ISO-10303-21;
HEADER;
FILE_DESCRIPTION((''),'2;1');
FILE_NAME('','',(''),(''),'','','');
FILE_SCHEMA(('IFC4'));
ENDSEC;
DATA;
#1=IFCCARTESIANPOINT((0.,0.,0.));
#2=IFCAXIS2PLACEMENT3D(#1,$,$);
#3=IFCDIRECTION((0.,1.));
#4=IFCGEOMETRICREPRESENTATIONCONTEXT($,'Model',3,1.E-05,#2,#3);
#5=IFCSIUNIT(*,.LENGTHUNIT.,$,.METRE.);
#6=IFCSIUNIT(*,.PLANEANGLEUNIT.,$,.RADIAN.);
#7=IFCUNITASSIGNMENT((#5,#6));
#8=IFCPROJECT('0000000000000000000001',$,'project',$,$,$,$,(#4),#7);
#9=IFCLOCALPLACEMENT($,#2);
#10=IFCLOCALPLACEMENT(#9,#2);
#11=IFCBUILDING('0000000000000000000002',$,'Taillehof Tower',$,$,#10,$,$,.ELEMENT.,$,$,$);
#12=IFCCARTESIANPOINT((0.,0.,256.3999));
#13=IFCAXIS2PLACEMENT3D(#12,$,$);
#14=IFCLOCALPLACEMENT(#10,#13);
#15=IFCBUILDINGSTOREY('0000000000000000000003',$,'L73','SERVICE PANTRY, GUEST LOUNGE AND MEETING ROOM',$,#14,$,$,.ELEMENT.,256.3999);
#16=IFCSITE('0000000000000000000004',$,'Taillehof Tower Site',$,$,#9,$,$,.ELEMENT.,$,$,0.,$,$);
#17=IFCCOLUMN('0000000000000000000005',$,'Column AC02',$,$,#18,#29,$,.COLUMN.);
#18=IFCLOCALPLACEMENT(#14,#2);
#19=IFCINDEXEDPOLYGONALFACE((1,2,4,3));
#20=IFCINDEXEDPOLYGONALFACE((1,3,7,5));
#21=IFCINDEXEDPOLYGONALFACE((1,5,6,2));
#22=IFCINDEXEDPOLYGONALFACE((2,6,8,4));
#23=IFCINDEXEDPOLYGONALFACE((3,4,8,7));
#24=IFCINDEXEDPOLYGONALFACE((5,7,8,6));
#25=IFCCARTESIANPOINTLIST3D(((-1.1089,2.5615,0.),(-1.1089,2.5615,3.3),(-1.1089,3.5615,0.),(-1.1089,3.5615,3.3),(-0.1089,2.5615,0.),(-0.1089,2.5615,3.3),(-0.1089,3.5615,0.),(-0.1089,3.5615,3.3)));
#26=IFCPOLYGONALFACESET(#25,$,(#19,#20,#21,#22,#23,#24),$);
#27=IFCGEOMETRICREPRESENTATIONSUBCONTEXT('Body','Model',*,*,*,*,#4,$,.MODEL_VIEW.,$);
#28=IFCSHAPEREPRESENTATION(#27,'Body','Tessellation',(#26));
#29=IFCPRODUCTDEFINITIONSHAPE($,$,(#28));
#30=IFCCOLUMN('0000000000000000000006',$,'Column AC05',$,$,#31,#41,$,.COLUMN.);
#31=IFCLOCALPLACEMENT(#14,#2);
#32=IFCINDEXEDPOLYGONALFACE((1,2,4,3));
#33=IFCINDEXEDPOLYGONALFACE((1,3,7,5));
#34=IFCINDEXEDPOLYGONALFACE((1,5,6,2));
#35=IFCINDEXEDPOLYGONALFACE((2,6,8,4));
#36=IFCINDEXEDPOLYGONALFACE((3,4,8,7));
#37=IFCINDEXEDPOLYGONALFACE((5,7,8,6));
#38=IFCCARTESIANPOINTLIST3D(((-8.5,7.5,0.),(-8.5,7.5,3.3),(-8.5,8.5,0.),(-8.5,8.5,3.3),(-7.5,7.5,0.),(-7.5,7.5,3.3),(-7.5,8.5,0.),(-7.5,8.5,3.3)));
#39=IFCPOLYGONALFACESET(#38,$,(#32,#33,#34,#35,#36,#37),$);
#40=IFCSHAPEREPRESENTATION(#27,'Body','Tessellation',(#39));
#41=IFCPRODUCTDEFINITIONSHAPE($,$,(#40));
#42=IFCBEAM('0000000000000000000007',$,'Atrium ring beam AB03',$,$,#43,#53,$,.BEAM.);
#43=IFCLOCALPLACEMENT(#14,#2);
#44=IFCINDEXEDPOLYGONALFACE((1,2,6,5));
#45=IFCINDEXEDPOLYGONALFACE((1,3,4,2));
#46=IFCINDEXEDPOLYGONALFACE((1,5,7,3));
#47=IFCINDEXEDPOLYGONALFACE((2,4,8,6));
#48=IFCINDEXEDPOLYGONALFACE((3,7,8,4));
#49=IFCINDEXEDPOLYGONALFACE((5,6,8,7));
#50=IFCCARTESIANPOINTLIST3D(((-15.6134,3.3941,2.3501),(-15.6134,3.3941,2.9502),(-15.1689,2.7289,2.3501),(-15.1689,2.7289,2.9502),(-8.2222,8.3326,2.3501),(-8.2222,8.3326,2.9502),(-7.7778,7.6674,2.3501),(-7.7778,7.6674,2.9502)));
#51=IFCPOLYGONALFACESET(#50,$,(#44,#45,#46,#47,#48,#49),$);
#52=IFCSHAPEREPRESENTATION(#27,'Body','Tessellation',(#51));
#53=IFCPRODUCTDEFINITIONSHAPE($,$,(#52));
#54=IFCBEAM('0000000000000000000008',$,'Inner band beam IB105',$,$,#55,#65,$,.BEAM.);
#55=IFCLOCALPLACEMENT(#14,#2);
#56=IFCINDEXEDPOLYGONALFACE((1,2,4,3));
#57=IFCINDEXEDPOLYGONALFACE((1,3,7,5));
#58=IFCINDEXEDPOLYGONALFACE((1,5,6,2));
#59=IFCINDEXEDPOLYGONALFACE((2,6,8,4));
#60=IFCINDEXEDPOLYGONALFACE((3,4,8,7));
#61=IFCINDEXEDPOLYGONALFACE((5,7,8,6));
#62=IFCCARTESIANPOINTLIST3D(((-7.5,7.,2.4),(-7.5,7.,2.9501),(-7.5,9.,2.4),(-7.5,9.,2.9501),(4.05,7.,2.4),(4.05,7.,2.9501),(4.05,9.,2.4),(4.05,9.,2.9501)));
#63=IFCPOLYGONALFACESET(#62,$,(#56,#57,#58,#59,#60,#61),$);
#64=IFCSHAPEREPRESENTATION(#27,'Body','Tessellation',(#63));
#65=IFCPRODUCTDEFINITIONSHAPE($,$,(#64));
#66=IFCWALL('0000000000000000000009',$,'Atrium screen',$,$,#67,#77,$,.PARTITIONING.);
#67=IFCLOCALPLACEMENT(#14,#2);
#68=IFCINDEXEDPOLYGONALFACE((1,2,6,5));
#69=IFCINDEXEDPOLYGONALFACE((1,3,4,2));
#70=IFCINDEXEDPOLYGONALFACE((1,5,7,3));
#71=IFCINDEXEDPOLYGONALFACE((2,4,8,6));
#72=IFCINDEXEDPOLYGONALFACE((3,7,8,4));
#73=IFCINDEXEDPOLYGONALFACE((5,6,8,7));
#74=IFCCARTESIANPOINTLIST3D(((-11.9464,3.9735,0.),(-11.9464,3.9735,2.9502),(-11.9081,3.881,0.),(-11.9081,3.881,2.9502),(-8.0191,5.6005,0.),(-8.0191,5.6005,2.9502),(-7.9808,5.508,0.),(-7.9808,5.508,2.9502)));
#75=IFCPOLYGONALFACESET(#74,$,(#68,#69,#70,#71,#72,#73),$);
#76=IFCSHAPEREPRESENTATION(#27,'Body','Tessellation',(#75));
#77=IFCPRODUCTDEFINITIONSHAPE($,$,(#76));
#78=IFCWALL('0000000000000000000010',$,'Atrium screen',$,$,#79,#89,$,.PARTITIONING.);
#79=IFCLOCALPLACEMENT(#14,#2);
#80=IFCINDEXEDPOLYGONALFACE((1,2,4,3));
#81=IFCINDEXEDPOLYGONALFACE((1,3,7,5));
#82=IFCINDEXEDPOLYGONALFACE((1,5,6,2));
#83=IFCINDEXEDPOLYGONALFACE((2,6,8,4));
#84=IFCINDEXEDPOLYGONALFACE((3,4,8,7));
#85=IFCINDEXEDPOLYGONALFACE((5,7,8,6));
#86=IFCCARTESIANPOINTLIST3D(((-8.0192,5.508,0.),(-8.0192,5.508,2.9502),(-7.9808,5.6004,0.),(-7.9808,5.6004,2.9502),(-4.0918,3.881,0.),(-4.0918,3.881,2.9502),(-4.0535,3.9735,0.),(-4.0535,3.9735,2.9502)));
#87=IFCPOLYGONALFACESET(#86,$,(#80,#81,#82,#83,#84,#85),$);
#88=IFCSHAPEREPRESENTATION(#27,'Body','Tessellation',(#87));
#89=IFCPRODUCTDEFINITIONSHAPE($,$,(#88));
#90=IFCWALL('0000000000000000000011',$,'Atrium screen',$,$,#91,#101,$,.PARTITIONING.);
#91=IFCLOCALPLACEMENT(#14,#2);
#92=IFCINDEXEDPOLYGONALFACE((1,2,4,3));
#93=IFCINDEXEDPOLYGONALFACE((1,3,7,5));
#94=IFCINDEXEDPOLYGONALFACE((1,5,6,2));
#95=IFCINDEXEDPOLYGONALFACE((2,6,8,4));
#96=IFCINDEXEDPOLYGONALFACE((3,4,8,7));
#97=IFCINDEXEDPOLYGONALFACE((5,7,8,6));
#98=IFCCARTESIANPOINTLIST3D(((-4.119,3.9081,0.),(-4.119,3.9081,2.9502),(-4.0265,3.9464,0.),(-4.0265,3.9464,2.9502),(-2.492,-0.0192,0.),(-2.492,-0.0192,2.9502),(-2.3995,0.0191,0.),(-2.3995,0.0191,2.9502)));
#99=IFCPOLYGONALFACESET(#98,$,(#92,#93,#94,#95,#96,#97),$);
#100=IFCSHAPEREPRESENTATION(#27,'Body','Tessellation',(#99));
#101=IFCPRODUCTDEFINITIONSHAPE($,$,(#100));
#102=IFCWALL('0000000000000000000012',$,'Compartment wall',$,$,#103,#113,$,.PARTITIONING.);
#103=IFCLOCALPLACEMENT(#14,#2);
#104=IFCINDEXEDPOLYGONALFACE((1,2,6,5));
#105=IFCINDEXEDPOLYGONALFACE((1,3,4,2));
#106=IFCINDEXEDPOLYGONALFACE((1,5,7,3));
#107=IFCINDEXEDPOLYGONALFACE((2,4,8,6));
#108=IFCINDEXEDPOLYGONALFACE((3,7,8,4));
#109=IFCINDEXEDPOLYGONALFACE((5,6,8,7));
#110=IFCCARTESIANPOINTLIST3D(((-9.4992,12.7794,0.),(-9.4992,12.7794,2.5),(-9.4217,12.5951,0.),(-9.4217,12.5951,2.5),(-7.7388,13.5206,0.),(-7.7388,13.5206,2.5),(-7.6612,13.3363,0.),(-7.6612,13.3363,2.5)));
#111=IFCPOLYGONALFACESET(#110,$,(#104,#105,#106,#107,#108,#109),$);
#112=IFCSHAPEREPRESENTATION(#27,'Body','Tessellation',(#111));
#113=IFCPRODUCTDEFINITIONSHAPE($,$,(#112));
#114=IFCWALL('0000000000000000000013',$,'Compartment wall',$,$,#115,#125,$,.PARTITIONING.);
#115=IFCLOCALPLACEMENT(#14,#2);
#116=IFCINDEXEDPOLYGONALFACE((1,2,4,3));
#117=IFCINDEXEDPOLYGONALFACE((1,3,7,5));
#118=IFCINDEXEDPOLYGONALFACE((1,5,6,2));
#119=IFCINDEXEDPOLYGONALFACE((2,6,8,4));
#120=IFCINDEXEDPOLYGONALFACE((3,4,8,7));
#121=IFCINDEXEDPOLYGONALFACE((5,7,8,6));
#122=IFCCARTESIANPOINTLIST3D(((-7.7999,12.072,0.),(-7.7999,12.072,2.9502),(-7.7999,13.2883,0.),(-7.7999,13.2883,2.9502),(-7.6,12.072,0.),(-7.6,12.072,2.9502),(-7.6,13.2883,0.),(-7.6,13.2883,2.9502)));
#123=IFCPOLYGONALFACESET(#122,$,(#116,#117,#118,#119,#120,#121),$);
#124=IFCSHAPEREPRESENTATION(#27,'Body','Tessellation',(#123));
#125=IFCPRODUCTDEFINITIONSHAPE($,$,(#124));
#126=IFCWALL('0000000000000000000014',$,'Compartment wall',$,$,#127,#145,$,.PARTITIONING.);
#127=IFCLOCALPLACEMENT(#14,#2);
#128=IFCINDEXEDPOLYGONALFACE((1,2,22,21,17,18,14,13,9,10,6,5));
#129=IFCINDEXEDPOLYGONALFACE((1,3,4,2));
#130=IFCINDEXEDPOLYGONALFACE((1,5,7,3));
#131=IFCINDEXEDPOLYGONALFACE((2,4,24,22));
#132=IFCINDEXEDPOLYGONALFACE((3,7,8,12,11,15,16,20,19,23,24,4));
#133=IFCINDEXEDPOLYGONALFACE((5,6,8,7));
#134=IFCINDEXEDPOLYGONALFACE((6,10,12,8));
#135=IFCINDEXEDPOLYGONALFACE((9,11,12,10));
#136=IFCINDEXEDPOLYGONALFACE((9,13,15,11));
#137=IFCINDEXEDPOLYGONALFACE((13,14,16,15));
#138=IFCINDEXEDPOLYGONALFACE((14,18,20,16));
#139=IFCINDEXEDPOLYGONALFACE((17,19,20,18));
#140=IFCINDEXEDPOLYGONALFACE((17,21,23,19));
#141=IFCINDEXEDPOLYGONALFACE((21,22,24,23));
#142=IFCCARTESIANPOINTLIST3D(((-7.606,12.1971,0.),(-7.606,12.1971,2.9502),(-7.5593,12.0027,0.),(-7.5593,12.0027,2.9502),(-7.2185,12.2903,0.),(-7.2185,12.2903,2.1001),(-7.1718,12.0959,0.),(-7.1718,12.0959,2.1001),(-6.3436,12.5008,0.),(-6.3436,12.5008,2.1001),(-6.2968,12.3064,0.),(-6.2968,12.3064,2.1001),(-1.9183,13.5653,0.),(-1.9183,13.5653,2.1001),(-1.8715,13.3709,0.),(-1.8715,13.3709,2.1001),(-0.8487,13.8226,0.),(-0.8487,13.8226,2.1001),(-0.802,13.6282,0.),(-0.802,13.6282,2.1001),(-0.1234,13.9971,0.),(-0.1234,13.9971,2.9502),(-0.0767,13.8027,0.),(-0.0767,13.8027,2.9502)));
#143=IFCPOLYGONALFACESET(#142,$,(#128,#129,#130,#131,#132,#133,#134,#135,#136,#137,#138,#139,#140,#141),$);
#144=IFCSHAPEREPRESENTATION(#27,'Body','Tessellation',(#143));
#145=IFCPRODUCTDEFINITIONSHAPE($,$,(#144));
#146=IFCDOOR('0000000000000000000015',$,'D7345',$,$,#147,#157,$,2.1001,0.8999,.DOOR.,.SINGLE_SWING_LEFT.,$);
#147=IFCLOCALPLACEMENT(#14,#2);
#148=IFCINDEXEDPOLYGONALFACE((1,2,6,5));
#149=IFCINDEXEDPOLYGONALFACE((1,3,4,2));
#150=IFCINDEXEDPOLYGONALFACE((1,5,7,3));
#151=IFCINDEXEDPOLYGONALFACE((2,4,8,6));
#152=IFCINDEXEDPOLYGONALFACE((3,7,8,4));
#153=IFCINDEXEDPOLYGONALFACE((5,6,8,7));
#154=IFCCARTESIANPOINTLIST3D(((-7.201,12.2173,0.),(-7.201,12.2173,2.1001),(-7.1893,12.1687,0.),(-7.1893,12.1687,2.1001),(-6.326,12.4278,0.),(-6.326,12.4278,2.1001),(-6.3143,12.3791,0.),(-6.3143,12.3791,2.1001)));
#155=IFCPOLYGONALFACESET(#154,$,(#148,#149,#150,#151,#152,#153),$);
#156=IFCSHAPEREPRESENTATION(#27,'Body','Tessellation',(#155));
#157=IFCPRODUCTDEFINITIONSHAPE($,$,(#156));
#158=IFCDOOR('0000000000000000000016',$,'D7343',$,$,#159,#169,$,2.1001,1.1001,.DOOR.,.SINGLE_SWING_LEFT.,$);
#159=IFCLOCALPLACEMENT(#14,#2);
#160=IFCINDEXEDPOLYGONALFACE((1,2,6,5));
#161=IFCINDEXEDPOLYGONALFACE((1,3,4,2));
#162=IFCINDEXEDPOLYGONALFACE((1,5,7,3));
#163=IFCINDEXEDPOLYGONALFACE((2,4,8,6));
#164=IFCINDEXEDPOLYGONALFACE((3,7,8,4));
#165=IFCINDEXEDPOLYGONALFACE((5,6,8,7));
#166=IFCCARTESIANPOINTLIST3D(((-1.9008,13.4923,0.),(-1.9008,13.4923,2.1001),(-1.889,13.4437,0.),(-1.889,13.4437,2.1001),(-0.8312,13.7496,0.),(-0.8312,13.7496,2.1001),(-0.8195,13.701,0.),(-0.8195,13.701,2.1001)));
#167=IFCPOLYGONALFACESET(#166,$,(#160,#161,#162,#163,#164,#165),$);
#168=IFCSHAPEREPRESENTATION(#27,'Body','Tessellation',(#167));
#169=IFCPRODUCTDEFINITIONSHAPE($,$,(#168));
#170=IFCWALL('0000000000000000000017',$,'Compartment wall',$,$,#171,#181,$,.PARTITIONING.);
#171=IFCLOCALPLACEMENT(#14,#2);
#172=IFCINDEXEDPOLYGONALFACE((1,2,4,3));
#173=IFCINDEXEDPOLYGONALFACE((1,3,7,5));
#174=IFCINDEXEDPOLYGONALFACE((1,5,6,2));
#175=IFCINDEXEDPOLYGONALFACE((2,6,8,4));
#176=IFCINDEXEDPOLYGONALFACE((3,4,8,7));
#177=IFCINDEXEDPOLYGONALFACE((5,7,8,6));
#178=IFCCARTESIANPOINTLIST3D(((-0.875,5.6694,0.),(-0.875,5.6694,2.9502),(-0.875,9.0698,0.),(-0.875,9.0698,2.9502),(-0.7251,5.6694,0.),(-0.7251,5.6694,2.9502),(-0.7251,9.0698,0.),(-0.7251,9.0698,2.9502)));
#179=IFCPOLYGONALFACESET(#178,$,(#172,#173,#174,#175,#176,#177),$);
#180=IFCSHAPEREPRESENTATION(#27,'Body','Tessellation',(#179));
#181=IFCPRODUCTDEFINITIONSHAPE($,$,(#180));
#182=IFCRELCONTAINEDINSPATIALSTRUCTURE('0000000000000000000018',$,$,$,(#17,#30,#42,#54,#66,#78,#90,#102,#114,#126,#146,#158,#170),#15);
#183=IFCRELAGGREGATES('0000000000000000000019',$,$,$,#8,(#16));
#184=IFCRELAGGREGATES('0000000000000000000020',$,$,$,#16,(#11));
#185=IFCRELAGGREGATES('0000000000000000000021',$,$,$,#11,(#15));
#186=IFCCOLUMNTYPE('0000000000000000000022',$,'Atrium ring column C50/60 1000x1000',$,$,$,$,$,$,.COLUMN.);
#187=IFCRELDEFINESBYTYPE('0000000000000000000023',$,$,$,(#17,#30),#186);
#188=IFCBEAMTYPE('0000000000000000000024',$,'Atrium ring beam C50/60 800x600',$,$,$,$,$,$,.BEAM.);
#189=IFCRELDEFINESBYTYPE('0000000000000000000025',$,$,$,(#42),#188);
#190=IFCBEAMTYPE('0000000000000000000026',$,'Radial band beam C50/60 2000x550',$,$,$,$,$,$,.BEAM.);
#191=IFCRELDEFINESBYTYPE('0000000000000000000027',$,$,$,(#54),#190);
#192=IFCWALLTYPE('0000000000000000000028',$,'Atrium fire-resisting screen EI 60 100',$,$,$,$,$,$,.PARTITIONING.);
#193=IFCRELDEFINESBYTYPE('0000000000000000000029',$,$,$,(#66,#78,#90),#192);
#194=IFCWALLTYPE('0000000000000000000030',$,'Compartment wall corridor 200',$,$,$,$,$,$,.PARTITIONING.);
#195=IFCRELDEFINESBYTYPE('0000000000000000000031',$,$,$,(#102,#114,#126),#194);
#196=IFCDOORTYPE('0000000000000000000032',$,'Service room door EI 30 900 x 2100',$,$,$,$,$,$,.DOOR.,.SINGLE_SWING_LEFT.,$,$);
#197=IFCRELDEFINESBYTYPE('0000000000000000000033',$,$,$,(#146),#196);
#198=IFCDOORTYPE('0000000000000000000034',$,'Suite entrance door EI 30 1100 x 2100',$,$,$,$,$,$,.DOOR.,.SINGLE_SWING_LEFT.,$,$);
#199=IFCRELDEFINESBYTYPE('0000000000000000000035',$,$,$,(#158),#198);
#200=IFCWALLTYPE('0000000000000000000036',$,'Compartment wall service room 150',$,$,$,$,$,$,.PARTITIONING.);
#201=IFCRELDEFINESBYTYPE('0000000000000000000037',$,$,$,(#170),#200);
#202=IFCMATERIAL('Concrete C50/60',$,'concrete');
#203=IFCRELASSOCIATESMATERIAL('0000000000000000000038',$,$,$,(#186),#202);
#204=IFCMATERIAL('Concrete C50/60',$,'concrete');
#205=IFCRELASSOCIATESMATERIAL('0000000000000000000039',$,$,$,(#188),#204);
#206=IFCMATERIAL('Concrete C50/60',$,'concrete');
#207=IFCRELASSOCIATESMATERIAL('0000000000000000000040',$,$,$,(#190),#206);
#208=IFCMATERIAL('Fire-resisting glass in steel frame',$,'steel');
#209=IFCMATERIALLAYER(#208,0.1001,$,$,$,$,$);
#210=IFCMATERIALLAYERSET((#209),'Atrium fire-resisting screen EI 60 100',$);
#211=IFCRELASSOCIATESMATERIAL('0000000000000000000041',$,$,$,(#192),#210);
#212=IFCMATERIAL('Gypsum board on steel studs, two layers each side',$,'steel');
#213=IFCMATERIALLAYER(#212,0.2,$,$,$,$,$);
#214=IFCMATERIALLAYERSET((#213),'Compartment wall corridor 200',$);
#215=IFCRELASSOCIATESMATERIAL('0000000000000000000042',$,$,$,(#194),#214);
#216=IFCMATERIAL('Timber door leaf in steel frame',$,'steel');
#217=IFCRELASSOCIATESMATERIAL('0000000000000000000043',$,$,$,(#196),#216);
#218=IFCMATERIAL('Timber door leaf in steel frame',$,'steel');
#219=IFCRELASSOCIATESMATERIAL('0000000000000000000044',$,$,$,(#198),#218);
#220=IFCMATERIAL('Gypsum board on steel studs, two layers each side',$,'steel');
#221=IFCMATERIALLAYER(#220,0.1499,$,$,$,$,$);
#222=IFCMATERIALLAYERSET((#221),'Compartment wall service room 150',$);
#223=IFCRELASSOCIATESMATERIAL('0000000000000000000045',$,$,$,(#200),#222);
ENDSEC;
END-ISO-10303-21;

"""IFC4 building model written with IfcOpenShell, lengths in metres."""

from ifc_helpers import new_model, si_unit, direction, frame, frame_2d, origin, origin_2d, place, context, subcontext, project, spatial, rectangle, extrude, material, layer, layer_set, material_profile, profile_set, type_object, element, fill, save


model = new_model("IFC4")

# Units and contexts
model_context = context("Model", 3, precision=1e-05, world=origin(), true_north=direction((0.0, 1.0)))
body_context = subcontext(model_context, "Body", "Model", "MODEL_VIEW")
ifc_project = project(units=[si_unit("LENGTHUNIT", "METRE"), si_unit("PLANEANGLEUNIT", "RADIAN")], contexts=[model_context])

# Site, building, storey
site_placement = place(None, origin())
site = spatial("IfcSite", under=ifc_project, at=site_placement, Name="Taillehof Tower Site", CompositionType="ELEMENT", RefElevation=0.0)
building_placement = place(site_placement, origin())
building = spatial("IfcBuilding", under=site, at=building_placement, Name="Taillehof Tower", CompositionType="ELEMENT")
storey_placement = place(building_placement, frame((0.0, 0.0, 256.3999)))
storey = spatial("IfcBuildingStorey", under=building, at=storey_placement, Name="L73", Description="SERVICE PANTRY, GUEST LOUNGE AND MEETING ROOM", CompositionType="ELEMENT", Elevation=256.3999)

# Columns
ifc_material_1 = material(Name="Concrete C50/60", Category="concrete")
ifc_material_profile_1 = material_profile(ifc_material_1, rectangle(XDim=1.0, YDim=1.0, at=origin_2d()), Name="RC 1000x1000")
ifc_profile_set_1 = profile_set([ifc_material_profile_1], Name="Concrete C50/60")
column_type = type_object("IfcColumnType", Name="Atrium ring column C50/60 1000x1000", PredefinedType="COLUMN", material=ifc_profile_set_1)
for number, where, z_axis, x_axis, name in (
    (1, (-0.6089, 3.0615, 0.0), (0.0, 0.0, 1.0), (1.0, 0.0, 0.0), "Column AC02"),
    (2, (-8.0, 8.0, 0.0), (0.0, 0.0, 1.0), (1.0, 0.0, 0.0), "Column AC05"),
):
    element("IfcColumn", number, at=place(storey_placement, frame(where, z_axis=z_axis, x_axis=x_axis)), inside=storey, type_object=column_type, Name=name, PredefinedType="COLUMN", context=body_context, shape_type="SweptSolid", body=[
        extrude(rectangle(XDim=1.0, YDim=1.0, at=origin_2d()), origin(), (0.0, 0.0, 1.0), 3.3),
    ])

# Beams
ifc_material_2 = material(Name="Concrete C50/60", Category="concrete")
ifc_material_profile_2 = material_profile(ifc_material_2, rectangle(XDim=0.8, YDim=0.6001, at=origin_2d()), Name="RC 800x600")
ifc_profile_set_2 = profile_set([ifc_material_profile_2], Name="Concrete C50/60")
beam_type_1 = type_object("IfcBeamType", Name="Atrium ring beam C50/60 800x600", PredefinedType="BEAM", material=ifc_profile_set_2)
beam_1_placement = place(storey_placement, frame((-8.0, 8.0, 2.6501), z_axis=(-0.831475, -0.555562, 0.0), x_axis=(0.555562, -0.831475, 0.0)))
element("IfcBeam", 3, at=beam_1_placement, inside=storey, type_object=beam_type_1, Name="Atrium ring beam AB03", PredefinedType="BEAM", context=body_context, shape_type="SweptSolid", body=[
    extrude(rectangle(XDim=0.8, YDim=0.6001, at=origin_2d()), origin(), (0.0, 0.0, 1.0), 8.8892),
])
ifc_material_3 = material(Name="Concrete C50/60", Category="concrete")
ifc_material_profile_3 = material_profile(ifc_material_3, rectangle(XDim=2.0, YDim=0.55, at=origin_2d()), Name="RC 2000x550")
ifc_profile_set_3 = profile_set([ifc_material_profile_3], Name="Concrete C50/60")
beam_type_2 = type_object("IfcBeamType", Name="Radial band beam C50/60 2000x550", PredefinedType="BEAM", material=ifc_profile_set_3)
beam_2_placement = place(storey_placement, frame((-7.5, 8.0, 2.675), z_axis=(1.0, 0.0, 0.0), x_axis=(0.0, 1.0, 0.0)))
element("IfcBeam", 4, at=beam_2_placement, inside=storey, type_object=beam_type_2, Name="Inner band beam IB105", PredefinedType="BEAM", context=body_context, shape_type="SweptSolid", body=[
    extrude(rectangle(XDim=2.0, YDim=0.55, at=origin_2d()), origin(), (0.0, 0.0, 1.0), 11.55),
])

# Walls
ifc_material_4 = material(Name="Fire-resisting glass in steel frame", Category="steel")
ifc_layer_1 = layer(ifc_material_4, 0.1001)
ifc_layer_set_1 = layer_set([ifc_layer_1], Name="Atrium fire-resisting screen EI 60 100")
wall_type_1 = type_object("IfcWallType", Name="Atrium fire-resisting screen EI 60 100", PredefinedType="PARTITIONING", material=ifc_layer_set_1)
for number, where, z_axis, x_axis, name in (
    (5, (-11.9272, 3.9272, 0.0), (0.0, 0.0, 1.0), (0.92386, 0.382731, 0.0), "Atrium screen"),
    (6, (-8.0, 5.5542, 0.0), (0.0, 0.0, 1.0), (0.92386, -0.382731, 0.0), "Atrium screen"),
    (7, (-4.0728, 3.9272, 0.0), (0.0, 0.0, 1.0), (0.382731, -0.92386, 0.0), "Atrium screen"),
):
    element("IfcWall", number, at=place(storey_placement, frame(where, z_axis=z_axis, x_axis=x_axis)), inside=storey, type_object=wall_type_1, Name=name, PredefinedType="PARTITIONING", context=body_context, shape_type="SweptSolid", body=[
        extrude(rectangle(XDim=4.251, YDim=0.1001, at=frame_2d((2.1255, 0.0))), origin(), (0.0, 0.0, 1.0), 2.9502),
    ])
ifc_material_5 = material(Name="Gypsum board on steel studs, two layers each side", Category="steel")
ifc_layer_2 = layer(ifc_material_5, 0.2)
ifc_layer_set_2 = layer_set([ifc_layer_2], Name="Compartment wall corridor 200")
wall_type_2 = type_object("IfcWallType", Name="Compartment wall corridor 200", PredefinedType="PARTITIONING", material=ifc_layer_set_2)
wall_1_placement = place(storey_placement, frame((-9.4604, 12.6873, 0.0), z_axis=(0.0, 0.0, 1.0), x_axis=(0.921645, 0.388034, 0.0)))
element("IfcWall", 8, at=wall_1_placement, inside=storey, type_object=wall_type_2, Name="Compartment wall", PredefinedType="PARTITIONING", context=body_context, shape_type="SweptSolid", body=[
    extrude(rectangle(XDim=1.9102, YDim=0.2, at=frame_2d((0.9551, 0.0))), origin(), (0.0, 0.0, 1.0), 2.5),
])
wall_2_placement = place(storey_placement, frame((-7.7, 13.2883, 0.0), z_axis=(0.0, 0.0, 1.0), x_axis=(0.0, -1.0, 0.0)))
element("IfcWall", 9, at=wall_2_placement, inside=storey, type_object=wall_type_2, Name="Compartment wall", PredefinedType="PARTITIONING", context=body_context, shape_type="SweptSolid", body=[
    extrude(rectangle(XDim=1.2163, YDim=0.2, at=frame_2d((0.6082, 0.0))), origin(), (0.0, 0.0, 1.0), 2.9502),
])

# Wall, openings, doors
wall_3_placement = place(storey_placement, frame((-7.5828, 12.0999, 0.0), z_axis=(0.0, 0.0, 1.0), x_axis=(0.972263, 0.23389, 0.0)))
wall_3 = element("IfcWall", 10, at=wall_3_placement, inside=storey, type_object=wall_type_2, Name="Compartment wall", PredefinedType="PARTITIONING", context=body_context, shape_type="SweptSolid", body=[
    extrude(rectangle(XDim=7.696, YDim=0.2, at=frame_2d((3.8481, 0.0))), origin(), (0.0, 0.0, 1.0), 2.9502),
])
opening_1_placement = place(wall_3_placement, frame((5.8501, 0.0, 0.0)))
opening_1 = element("IfcOpeningElement", 11, at=opening_1_placement, cuts=wall_3, PredefinedType="OPENING", context=body_context, shape_type="SweptSolid", body=[
    extrude(rectangle(XDim=1.1001, YDim=2.1001, at=frame_2d((0.55, 1.05))), frame((0.0, 0.1099, 0.0), z_axis=(0.0, -1.0, 0.0), x_axis=(1.0, 0.0, 0.0)), (0.0, 0.0, 1.0), 0.22),
])
opening_2_placement = place(wall_3_placement, frame((0.3987, 0.0, 0.0)))
opening_2 = element("IfcOpeningElement", 12, at=opening_2_placement, cuts=wall_3, PredefinedType="OPENING", context=body_context, shape_type="SweptSolid", body=[
    extrude(rectangle(XDim=0.8999, YDim=2.1001, at=frame_2d((0.45, 1.05))), frame((0.0, 0.1099, 0.0), z_axis=(0.0, -1.0, 0.0), x_axis=(1.0, 0.0, 0.0)), (0.0, 0.0, 1.0), 0.22),
])
ifc_material_6 = material(Name="Timber door leaf in steel frame", Category="steel")
door_type_1 = type_object("IfcDoorType", Name="Service room door EI 30 900 x 2100", OperationType="SINGLE_SWING_LEFT", PredefinedType="DOOR", material=ifc_material_6)
door_1_placement = place(opening_2_placement, origin())
door_1 = element("IfcDoor", 13, at=door_1_placement, inside=storey, type_object=door_type_1, Name="D7345", OperationType="SINGLE_SWING_LEFT", OverallHeight=2.1001, OverallWidth=0.8999, PredefinedType="DOOR", context=body_context, shape_type="SweptSolid", body=[
    extrude(rectangle(XDim=0.8999, YDim=2.1001, at=frame_2d((0.45, 1.05))), frame((0.0, 0.0249, 0.0), z_axis=(0.0, -1.0, 0.0), x_axis=(1.0, 0.0, 0.0)), (0.0, 0.0, 1.0), 0.05),
])
fill(opening_2, door_1)
ifc_material_7 = material(Name="Timber door leaf in steel frame", Category="steel")
door_type_2 = type_object("IfcDoorType", Name="Suite entrance door EI 30 1100 x 2100", OperationType="SINGLE_SWING_LEFT", PredefinedType="DOOR", material=ifc_material_7)
door_2_placement = place(opening_1_placement, origin())
door_2 = element("IfcDoor", 14, at=door_2_placement, inside=storey, type_object=door_type_2, Name="D7343", OperationType="SINGLE_SWING_LEFT", OverallHeight=2.1001, OverallWidth=1.1001, PredefinedType="DOOR", context=body_context, shape_type="SweptSolid", body=[
    extrude(rectangle(XDim=1.1001, YDim=2.1001, at=frame_2d((0.55, 1.05))), frame((0.0, 0.0249, 0.0), z_axis=(0.0, -1.0, 0.0), x_axis=(1.0, 0.0, 0.0)), (0.0, 0.0, 1.0), 0.05),
])
fill(opening_1, door_2)

# Wall
ifc_material_8 = material(Name="Gypsum board on steel studs, two layers each side", Category="steel")
ifc_layer_3 = layer(ifc_material_8, 0.1499)
ifc_layer_set_3 = layer_set([ifc_layer_3], Name="Compartment wall service room 150")
wall_type_3 = type_object("IfcWallType", Name="Compartment wall service room 150", PredefinedType="PARTITIONING", material=ifc_layer_set_3)
wall_4_placement = place(storey_placement, frame((-0.8, 9.0698, 0.0), z_axis=(0.0, 0.0, 1.0), x_axis=(0.0, -1.0, 0.0)))
element("IfcWall", 15, at=wall_4_placement, inside=storey, type_object=wall_type_3, Name="Compartment wall", PredefinedType="PARTITIONING", context=body_context, shape_type="SweptSolid", body=[
    extrude(rectangle(XDim=3.4004, YDim=0.1499, at=frame_2d((1.7002, 0.0))), origin(), (0.0, 0.0, 1.0), 2.9502),
])

save(model, "model.ifc")
